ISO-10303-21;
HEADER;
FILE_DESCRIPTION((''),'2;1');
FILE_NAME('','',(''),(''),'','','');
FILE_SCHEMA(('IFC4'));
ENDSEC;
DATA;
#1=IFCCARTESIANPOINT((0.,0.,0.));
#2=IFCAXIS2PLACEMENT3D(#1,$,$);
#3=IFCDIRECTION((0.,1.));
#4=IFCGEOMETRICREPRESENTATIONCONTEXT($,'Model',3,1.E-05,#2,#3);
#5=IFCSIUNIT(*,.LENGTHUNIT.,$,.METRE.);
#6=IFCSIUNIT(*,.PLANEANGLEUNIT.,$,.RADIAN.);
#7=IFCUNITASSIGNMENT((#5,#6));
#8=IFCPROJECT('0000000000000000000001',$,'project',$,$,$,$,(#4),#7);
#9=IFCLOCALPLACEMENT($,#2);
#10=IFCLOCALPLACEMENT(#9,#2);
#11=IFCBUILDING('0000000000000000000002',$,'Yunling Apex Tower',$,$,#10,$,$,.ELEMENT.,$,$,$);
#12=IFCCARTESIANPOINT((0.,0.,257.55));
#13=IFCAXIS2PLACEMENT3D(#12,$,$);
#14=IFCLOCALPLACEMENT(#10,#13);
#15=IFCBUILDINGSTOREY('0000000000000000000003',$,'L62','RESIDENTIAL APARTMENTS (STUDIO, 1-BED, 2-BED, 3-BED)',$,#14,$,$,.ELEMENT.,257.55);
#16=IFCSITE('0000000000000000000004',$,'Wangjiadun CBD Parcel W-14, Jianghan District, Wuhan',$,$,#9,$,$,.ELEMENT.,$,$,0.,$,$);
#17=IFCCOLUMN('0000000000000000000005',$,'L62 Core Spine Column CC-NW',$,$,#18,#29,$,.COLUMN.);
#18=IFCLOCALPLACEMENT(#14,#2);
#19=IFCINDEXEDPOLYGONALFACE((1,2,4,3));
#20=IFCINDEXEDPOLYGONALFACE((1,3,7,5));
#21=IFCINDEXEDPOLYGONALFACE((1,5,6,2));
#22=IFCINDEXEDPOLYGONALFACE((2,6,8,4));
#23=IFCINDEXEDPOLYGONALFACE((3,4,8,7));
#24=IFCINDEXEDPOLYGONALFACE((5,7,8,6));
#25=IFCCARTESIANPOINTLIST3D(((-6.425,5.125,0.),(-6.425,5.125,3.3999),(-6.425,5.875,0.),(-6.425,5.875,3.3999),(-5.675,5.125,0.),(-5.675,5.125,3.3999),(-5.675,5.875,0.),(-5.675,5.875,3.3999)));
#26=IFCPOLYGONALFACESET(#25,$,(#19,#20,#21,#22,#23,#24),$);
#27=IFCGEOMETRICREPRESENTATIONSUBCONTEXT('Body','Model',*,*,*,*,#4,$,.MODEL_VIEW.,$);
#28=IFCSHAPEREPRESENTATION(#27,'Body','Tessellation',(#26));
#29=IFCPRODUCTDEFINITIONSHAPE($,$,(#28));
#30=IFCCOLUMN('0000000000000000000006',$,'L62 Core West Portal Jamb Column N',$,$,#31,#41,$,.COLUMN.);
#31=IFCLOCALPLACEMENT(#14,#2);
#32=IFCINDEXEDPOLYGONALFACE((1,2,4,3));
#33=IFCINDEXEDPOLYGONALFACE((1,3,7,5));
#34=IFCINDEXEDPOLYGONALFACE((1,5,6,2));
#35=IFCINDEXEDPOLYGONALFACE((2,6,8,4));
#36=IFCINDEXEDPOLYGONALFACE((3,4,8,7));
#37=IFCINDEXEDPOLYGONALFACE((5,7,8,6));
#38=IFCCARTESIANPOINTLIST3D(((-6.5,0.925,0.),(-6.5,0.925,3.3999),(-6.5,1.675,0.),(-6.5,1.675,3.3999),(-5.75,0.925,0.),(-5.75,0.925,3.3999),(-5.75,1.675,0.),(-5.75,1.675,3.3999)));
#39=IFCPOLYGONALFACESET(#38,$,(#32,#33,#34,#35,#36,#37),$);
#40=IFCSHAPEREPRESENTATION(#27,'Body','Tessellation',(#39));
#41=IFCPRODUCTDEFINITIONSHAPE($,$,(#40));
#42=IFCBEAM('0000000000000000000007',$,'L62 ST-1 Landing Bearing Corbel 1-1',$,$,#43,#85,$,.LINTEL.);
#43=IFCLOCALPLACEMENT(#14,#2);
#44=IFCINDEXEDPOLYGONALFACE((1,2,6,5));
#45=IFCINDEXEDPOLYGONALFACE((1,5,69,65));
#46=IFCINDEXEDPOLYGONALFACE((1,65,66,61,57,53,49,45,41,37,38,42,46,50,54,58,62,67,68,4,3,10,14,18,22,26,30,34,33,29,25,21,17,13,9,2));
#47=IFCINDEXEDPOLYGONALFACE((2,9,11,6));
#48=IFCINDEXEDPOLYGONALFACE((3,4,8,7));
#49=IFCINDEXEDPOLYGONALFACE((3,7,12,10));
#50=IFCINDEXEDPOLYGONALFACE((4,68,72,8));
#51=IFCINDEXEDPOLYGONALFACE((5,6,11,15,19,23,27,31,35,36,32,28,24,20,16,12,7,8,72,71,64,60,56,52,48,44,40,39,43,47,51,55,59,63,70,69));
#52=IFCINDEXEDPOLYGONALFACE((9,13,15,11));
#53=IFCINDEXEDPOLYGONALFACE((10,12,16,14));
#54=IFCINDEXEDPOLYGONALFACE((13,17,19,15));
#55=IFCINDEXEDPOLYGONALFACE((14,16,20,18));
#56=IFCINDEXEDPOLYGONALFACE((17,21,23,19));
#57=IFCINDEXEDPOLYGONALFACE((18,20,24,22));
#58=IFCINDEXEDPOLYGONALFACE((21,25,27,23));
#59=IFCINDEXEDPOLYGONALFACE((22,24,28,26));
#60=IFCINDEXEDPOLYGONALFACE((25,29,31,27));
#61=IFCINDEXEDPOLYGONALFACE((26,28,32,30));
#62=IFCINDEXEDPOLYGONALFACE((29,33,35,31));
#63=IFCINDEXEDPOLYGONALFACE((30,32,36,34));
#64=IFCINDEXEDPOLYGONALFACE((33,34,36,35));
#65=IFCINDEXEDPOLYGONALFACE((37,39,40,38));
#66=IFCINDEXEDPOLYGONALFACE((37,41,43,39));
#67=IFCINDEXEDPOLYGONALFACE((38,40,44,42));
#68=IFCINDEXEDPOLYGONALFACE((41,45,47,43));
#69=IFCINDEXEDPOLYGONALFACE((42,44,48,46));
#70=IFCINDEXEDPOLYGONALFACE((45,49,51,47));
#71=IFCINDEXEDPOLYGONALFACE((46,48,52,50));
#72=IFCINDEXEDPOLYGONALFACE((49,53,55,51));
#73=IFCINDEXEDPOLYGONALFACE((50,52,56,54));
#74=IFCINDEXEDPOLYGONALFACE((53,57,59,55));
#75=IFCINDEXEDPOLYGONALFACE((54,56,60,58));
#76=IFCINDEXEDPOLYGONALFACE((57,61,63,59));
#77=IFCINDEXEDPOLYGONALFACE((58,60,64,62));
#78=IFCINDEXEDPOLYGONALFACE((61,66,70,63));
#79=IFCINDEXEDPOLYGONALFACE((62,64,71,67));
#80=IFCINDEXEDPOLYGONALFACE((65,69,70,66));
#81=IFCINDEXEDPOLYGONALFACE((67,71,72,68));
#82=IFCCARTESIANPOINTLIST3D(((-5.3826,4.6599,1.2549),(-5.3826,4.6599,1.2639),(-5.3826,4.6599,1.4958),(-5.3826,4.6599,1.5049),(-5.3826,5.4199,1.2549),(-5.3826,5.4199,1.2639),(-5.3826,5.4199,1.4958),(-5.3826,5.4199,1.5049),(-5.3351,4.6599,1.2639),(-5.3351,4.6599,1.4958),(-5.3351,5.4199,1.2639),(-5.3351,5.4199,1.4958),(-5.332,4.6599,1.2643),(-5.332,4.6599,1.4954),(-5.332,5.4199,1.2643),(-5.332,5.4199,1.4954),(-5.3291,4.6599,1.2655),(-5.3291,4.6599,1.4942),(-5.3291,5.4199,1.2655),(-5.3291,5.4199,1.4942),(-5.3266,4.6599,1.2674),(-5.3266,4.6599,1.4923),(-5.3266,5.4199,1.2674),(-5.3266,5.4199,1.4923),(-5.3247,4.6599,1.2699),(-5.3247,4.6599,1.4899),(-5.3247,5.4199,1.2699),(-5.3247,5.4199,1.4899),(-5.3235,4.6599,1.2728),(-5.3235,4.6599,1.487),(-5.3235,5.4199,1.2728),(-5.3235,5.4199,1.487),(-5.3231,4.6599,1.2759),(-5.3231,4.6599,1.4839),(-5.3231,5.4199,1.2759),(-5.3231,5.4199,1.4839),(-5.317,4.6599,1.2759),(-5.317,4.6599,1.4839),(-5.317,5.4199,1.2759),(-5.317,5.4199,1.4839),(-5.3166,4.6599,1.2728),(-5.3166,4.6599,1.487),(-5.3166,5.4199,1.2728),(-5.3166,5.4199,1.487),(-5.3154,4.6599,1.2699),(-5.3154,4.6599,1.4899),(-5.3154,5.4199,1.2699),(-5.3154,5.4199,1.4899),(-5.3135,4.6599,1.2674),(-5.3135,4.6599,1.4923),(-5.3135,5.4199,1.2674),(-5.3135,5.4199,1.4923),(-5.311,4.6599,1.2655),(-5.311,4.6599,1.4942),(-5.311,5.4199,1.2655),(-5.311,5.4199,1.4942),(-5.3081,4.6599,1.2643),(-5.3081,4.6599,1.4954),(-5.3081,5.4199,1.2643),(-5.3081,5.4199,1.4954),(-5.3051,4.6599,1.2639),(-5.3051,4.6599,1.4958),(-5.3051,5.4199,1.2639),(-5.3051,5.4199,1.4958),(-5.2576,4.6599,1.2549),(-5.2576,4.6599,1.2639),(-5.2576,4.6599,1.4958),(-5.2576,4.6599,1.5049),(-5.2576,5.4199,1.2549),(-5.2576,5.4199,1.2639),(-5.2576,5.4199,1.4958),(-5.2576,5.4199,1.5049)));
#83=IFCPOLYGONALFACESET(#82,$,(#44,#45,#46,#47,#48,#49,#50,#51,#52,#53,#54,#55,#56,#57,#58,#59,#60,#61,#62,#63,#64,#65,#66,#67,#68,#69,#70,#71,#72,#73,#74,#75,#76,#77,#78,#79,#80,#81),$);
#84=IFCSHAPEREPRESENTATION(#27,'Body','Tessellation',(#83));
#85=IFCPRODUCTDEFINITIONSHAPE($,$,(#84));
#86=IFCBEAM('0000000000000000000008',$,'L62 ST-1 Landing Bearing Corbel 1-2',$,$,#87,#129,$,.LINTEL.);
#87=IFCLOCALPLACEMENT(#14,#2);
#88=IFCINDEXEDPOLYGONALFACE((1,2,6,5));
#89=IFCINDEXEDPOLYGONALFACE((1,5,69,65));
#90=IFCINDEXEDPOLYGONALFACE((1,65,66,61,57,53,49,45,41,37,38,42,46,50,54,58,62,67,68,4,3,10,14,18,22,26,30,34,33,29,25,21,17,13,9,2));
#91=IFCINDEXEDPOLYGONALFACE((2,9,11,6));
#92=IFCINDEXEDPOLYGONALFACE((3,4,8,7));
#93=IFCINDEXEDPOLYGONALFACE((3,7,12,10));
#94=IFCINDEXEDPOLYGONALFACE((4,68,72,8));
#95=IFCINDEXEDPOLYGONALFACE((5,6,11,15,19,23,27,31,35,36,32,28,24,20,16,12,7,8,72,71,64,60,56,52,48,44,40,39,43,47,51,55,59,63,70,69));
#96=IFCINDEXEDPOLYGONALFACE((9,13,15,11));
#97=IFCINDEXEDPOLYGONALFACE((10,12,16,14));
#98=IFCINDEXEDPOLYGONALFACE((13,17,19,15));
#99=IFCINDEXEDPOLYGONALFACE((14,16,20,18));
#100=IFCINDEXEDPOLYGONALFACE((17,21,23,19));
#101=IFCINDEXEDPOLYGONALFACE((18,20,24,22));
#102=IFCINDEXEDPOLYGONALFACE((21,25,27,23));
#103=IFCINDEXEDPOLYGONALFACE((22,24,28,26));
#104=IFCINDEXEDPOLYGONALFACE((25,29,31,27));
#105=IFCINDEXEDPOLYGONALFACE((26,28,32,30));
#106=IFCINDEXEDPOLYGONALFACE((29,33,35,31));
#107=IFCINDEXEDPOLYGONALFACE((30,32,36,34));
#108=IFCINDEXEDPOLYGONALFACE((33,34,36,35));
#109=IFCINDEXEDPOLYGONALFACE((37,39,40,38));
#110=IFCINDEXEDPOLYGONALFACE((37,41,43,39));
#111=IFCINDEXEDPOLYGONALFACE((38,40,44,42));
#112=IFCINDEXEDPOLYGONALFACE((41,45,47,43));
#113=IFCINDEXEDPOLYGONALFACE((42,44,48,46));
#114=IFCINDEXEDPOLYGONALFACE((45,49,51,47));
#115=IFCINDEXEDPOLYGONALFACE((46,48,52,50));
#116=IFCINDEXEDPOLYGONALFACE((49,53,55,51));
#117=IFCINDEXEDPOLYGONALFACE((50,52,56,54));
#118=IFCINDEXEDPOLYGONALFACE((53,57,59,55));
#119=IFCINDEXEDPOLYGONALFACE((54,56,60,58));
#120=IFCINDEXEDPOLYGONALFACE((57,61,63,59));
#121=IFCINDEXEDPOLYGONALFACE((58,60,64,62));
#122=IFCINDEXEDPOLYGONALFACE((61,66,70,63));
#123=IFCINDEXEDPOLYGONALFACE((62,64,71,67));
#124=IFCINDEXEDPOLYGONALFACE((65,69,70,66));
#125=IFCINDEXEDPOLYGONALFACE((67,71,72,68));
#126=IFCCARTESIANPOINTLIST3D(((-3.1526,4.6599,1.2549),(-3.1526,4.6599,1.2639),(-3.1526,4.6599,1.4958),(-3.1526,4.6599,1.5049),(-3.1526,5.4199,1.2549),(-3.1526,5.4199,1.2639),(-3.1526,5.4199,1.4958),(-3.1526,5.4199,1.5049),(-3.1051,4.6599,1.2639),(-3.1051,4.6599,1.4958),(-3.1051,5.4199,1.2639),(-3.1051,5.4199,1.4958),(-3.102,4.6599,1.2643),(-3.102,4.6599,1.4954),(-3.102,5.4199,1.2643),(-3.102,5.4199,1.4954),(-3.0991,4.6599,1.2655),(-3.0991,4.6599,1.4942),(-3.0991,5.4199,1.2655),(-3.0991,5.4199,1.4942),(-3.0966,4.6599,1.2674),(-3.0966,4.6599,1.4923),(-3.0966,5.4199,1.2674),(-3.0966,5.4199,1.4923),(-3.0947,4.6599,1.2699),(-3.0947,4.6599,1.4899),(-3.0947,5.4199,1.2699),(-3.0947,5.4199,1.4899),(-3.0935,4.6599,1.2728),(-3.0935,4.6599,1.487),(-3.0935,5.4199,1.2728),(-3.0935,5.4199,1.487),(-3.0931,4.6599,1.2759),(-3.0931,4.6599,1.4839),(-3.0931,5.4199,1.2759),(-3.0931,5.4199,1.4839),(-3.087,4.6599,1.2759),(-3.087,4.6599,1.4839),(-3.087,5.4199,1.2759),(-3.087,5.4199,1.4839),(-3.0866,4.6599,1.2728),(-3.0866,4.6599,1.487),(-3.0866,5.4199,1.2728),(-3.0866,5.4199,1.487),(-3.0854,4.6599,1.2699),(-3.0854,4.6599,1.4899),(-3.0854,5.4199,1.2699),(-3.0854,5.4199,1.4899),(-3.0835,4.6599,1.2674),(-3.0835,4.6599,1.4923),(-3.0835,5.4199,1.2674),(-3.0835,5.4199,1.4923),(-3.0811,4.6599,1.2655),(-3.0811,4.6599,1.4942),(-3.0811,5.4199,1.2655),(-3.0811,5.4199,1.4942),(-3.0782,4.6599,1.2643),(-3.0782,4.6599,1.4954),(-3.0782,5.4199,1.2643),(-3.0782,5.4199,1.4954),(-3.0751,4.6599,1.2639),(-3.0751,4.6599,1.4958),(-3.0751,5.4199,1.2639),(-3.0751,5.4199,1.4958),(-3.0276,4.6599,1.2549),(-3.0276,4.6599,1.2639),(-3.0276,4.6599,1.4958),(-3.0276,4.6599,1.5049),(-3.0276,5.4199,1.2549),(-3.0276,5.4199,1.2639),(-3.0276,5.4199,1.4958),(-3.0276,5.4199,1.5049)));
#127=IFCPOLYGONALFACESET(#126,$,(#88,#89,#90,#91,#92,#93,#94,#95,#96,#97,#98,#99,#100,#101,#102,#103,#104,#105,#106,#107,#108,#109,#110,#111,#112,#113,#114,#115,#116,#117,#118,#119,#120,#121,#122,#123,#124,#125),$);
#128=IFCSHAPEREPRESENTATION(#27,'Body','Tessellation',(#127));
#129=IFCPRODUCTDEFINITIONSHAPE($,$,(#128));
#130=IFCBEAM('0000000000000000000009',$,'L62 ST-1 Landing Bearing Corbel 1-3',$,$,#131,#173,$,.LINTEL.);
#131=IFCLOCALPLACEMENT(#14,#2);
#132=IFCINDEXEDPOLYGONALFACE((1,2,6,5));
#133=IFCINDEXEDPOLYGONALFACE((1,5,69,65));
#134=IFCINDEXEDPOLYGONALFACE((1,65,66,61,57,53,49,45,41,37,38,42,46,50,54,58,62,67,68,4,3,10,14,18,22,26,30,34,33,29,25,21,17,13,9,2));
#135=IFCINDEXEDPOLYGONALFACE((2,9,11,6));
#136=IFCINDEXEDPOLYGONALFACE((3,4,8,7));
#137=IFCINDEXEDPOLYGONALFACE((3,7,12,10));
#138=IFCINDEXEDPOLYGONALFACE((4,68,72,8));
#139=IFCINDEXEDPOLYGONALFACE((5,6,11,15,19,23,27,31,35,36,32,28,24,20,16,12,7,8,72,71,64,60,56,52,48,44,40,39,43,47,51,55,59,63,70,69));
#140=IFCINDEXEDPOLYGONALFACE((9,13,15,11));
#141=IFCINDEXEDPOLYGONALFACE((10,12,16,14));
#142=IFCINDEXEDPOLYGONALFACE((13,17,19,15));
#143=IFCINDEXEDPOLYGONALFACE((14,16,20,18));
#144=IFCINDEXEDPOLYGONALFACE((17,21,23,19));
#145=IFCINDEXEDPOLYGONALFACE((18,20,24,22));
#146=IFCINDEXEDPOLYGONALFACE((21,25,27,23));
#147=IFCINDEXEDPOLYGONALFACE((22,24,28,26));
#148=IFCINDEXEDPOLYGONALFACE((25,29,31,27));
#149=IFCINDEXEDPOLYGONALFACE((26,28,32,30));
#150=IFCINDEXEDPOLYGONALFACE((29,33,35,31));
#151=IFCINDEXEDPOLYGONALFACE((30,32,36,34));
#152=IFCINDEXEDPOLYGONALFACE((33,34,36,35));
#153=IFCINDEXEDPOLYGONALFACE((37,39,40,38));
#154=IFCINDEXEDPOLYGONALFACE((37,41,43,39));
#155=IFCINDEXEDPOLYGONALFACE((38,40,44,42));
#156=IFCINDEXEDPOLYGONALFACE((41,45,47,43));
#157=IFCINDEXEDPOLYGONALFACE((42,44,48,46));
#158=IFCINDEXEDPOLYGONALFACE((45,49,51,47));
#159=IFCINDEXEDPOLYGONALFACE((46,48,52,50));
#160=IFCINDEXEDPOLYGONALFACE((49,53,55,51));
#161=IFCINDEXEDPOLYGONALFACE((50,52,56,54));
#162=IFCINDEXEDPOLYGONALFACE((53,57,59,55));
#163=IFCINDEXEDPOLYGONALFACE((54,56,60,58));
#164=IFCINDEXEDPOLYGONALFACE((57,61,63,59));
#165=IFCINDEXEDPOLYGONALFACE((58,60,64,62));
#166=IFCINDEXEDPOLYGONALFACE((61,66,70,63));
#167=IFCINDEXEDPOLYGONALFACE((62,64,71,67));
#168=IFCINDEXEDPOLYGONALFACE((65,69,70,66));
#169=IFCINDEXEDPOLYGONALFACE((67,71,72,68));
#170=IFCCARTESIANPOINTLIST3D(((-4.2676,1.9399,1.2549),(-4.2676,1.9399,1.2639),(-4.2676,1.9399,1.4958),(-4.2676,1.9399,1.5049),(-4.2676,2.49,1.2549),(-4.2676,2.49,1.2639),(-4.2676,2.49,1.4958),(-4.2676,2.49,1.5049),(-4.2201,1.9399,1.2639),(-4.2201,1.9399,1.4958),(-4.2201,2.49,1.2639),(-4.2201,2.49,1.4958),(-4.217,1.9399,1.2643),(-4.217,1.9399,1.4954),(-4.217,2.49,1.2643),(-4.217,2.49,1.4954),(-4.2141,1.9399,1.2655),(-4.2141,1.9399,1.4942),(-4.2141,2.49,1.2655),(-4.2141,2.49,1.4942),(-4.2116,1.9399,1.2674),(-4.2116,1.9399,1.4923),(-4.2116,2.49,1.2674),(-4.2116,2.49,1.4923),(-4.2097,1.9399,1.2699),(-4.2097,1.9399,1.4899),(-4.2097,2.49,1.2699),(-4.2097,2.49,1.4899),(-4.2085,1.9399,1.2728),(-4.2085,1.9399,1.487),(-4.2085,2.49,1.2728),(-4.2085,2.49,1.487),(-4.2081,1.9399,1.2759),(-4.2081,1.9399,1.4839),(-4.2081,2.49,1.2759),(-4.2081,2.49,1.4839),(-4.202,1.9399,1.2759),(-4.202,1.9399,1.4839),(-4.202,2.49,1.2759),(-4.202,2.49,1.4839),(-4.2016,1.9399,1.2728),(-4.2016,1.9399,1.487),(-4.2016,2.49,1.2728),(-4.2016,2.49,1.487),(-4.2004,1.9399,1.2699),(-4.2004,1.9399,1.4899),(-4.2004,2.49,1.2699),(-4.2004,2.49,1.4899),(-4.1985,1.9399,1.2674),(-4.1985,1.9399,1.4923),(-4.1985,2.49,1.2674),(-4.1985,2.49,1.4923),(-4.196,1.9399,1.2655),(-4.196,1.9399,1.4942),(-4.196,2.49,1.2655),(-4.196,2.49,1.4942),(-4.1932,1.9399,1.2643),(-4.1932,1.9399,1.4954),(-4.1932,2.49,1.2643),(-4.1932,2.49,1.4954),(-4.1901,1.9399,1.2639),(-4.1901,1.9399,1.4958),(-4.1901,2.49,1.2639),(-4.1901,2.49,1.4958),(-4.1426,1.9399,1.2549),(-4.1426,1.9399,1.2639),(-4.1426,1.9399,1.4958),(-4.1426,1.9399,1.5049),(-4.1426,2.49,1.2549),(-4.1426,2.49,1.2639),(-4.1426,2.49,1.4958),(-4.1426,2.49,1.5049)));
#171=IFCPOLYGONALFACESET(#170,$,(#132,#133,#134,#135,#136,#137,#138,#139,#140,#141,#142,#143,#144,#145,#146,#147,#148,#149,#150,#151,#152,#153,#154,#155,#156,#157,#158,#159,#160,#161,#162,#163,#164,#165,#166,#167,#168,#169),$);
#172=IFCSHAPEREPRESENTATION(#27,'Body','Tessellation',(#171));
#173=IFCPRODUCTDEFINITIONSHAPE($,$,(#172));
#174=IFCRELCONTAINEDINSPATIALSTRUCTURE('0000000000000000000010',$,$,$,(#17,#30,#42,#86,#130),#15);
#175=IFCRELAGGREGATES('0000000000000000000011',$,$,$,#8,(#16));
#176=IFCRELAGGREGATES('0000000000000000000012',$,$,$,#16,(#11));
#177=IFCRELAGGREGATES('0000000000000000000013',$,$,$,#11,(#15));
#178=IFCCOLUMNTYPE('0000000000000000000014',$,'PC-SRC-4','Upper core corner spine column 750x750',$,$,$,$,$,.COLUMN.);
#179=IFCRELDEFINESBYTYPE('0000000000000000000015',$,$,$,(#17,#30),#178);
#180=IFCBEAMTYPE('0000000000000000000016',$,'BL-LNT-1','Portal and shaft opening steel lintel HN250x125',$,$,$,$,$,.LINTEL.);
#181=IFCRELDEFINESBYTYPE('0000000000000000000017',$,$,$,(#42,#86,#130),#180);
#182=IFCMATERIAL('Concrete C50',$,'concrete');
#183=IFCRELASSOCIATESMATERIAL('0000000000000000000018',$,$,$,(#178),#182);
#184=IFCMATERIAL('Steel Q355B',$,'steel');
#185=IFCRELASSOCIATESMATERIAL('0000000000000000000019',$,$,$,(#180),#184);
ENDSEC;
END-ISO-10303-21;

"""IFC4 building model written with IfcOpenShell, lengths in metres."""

from ifc_helpers import new_model, si_unit, direction, frame, origin, origin_2d, place, context, subcontext, project, spatial, rectangle, i_section, extrude, source, transform, mapped, material, material_profile, profile_set, type_object, element, save


model = new_model("IFC4")

# Units and contexts
model_context = context("Model", 3, precision=1e-05, world=origin(), true_north=direction((0.0, 1.0)))
body_context = subcontext(model_context, "Body", "Model", "MODEL_VIEW")
ifc_project = project(units=[si_unit("LENGTHUNIT", "METRE"), si_unit("PLANEANGLEUNIT", "RADIAN")], contexts=[model_context])

# Site, building, storey
site_placement = place(None, origin())
site = spatial("IfcSite", under=ifc_project, at=site_placement, Name="Wangjiadun CBD Parcel W-14, Jianghan District, Wuhan", CompositionType="ELEMENT", RefElevation=0.0)
building_placement = place(site_placement, origin())
building = spatial("IfcBuilding", under=site, at=building_placement, Name="Yunling Apex Tower", CompositionType="ELEMENT")
storey_placement = place(building_placement, frame((0.0, 0.0, 257.55)))
storey = spatial("IfcBuildingStorey", under=building, at=storey_placement, Name="L62", Description="RESIDENTIAL APARTMENTS (STUDIO, 1-BED, 2-BED, 3-BED)", CompositionType="ELEMENT", Elevation=257.55)

# Columns
ifc_material_1 = material(Name="Concrete C50", Category="concrete")
ifc_material_profile_1 = material_profile(ifc_material_1, rectangle(XDim=0.75, YDim=0.75, at=origin_2d()))
ifc_profile_set_1 = profile_set([ifc_material_profile_1], Name="Concrete C50")
column_type = type_object("IfcColumnType", Name="PC-SRC-4", Description="Upper core corner spine column 750x750", PredefinedType="COLUMN", material=ifc_profile_set_1)
shared_shape_1 = source(origin(), body_context, "Body", "SweptSolid", [
    extrude(rectangle(XDim=0.75, YDim=0.75, at=origin_2d()), origin(), (0.0, 0.0, 1.0), 3.3999),
])
for number, where, z_axis, x_axis, name in (
    (1, (-6.05, 5.5, 0.0), (0.0, 0.0, 1.0), (1.0, 0.0, 0.0), "L62 Core Spine Column CC-NW"),
    (2, (-6.125, 1.3, 0.0), (0.0, 0.0, 1.0), (1.0, 0.0, 0.0), "L62 Core West Portal Jamb Column N"),
):
    element("IfcColumn", number, at=place(storey_placement, frame(where, z_axis=z_axis, x_axis=x_axis)), inside=storey, type_object=column_type, Name=name, PredefinedType="COLUMN", context=body_context, shape_type="MappedRepresentation", body=[
        mapped(shared_shape_1, transform((0.0, 0.0, 0.0), scale=1.0)),
    ])

# Beams
ifc_material_2 = material(Name="Steel Q355B", Category="steel")
ifc_material_profile_2 = material_profile(ifc_material_2, i_section(OverallWidth=0.125, OverallDepth=0.25, WebThickness=0.0061, FlangeThickness=0.009, FilletRadius=0.012, at=origin_2d()))
ifc_profile_set_2 = profile_set([ifc_material_profile_2], Name="Steel Q355B")
beam_type_1 = type_object("IfcBeamType", Name="BL-LNT-1", Description="Portal and shaft opening steel lintel HN250x125", PredefinedType="LINTEL", material=ifc_profile_set_2)
shared_shape_2 = source(origin(), body_context, "Body", "SweptSolid", [
    extrude(i_section(OverallWidth=0.125, OverallDepth=0.25, WebThickness=0.0061, FlangeThickness=0.009, FilletRadius=0.012, at=origin_2d()), origin(), (0.0, 0.0, 1.0), 0.76),
])
for number, where, z_axis, x_axis, name in (
    (3, (-5.3201, 5.4199, 1.3799), (0.0, -1.0, 0.0), (1.0, 0.0, 0.0), "L62 ST-1 Landing Bearing Corbel 1-1"),
    (4, (-3.0901, 5.4199, 1.3799), (0.0, -1.0, 0.0), (1.0, 0.0, 0.0), "L62 ST-1 Landing Bearing Corbel 1-2"),
):
    element("IfcBeam", number, at=place(storey_placement, frame(where, z_axis=z_axis, x_axis=x_axis)), inside=storey, type_object=beam_type_1, Name=name, PredefinedType="LINTEL", context=body_context, shape_type="MappedRepresentation", body=[
        mapped(shared_shape_2, transform((0.0, 0.0, 0.0), scale=1.0)),
    ])
shared_shape_3 = source(origin(), body_context, "Body", "SweptSolid", [
    extrude(i_section(OverallWidth=0.125, OverallDepth=0.25, WebThickness=0.0061, FlangeThickness=0.009, FilletRadius=0.012, at=origin_2d()), origin(), (0.0, 0.0, 1.0), 0.55),
])
beam_1_placement = place(storey_placement, frame((-4.2051, 1.9399, 1.3799), z_axis=(0.0, 1.0, 0.0), x_axis=(-1.0, 0.0, 0.0)))
element("IfcBeam", 5, at=beam_1_placement, inside=storey, type_object=beam_type_1, Name="L62 ST-1 Landing Bearing Corbel 1-3", PredefinedType="LINTEL", context=body_context, shape_type="MappedRepresentation", body=[
    mapped(shared_shape_3, transform((0.0, 0.0, 0.0), scale=1.0)),
])

save(model, "model.ifc")
